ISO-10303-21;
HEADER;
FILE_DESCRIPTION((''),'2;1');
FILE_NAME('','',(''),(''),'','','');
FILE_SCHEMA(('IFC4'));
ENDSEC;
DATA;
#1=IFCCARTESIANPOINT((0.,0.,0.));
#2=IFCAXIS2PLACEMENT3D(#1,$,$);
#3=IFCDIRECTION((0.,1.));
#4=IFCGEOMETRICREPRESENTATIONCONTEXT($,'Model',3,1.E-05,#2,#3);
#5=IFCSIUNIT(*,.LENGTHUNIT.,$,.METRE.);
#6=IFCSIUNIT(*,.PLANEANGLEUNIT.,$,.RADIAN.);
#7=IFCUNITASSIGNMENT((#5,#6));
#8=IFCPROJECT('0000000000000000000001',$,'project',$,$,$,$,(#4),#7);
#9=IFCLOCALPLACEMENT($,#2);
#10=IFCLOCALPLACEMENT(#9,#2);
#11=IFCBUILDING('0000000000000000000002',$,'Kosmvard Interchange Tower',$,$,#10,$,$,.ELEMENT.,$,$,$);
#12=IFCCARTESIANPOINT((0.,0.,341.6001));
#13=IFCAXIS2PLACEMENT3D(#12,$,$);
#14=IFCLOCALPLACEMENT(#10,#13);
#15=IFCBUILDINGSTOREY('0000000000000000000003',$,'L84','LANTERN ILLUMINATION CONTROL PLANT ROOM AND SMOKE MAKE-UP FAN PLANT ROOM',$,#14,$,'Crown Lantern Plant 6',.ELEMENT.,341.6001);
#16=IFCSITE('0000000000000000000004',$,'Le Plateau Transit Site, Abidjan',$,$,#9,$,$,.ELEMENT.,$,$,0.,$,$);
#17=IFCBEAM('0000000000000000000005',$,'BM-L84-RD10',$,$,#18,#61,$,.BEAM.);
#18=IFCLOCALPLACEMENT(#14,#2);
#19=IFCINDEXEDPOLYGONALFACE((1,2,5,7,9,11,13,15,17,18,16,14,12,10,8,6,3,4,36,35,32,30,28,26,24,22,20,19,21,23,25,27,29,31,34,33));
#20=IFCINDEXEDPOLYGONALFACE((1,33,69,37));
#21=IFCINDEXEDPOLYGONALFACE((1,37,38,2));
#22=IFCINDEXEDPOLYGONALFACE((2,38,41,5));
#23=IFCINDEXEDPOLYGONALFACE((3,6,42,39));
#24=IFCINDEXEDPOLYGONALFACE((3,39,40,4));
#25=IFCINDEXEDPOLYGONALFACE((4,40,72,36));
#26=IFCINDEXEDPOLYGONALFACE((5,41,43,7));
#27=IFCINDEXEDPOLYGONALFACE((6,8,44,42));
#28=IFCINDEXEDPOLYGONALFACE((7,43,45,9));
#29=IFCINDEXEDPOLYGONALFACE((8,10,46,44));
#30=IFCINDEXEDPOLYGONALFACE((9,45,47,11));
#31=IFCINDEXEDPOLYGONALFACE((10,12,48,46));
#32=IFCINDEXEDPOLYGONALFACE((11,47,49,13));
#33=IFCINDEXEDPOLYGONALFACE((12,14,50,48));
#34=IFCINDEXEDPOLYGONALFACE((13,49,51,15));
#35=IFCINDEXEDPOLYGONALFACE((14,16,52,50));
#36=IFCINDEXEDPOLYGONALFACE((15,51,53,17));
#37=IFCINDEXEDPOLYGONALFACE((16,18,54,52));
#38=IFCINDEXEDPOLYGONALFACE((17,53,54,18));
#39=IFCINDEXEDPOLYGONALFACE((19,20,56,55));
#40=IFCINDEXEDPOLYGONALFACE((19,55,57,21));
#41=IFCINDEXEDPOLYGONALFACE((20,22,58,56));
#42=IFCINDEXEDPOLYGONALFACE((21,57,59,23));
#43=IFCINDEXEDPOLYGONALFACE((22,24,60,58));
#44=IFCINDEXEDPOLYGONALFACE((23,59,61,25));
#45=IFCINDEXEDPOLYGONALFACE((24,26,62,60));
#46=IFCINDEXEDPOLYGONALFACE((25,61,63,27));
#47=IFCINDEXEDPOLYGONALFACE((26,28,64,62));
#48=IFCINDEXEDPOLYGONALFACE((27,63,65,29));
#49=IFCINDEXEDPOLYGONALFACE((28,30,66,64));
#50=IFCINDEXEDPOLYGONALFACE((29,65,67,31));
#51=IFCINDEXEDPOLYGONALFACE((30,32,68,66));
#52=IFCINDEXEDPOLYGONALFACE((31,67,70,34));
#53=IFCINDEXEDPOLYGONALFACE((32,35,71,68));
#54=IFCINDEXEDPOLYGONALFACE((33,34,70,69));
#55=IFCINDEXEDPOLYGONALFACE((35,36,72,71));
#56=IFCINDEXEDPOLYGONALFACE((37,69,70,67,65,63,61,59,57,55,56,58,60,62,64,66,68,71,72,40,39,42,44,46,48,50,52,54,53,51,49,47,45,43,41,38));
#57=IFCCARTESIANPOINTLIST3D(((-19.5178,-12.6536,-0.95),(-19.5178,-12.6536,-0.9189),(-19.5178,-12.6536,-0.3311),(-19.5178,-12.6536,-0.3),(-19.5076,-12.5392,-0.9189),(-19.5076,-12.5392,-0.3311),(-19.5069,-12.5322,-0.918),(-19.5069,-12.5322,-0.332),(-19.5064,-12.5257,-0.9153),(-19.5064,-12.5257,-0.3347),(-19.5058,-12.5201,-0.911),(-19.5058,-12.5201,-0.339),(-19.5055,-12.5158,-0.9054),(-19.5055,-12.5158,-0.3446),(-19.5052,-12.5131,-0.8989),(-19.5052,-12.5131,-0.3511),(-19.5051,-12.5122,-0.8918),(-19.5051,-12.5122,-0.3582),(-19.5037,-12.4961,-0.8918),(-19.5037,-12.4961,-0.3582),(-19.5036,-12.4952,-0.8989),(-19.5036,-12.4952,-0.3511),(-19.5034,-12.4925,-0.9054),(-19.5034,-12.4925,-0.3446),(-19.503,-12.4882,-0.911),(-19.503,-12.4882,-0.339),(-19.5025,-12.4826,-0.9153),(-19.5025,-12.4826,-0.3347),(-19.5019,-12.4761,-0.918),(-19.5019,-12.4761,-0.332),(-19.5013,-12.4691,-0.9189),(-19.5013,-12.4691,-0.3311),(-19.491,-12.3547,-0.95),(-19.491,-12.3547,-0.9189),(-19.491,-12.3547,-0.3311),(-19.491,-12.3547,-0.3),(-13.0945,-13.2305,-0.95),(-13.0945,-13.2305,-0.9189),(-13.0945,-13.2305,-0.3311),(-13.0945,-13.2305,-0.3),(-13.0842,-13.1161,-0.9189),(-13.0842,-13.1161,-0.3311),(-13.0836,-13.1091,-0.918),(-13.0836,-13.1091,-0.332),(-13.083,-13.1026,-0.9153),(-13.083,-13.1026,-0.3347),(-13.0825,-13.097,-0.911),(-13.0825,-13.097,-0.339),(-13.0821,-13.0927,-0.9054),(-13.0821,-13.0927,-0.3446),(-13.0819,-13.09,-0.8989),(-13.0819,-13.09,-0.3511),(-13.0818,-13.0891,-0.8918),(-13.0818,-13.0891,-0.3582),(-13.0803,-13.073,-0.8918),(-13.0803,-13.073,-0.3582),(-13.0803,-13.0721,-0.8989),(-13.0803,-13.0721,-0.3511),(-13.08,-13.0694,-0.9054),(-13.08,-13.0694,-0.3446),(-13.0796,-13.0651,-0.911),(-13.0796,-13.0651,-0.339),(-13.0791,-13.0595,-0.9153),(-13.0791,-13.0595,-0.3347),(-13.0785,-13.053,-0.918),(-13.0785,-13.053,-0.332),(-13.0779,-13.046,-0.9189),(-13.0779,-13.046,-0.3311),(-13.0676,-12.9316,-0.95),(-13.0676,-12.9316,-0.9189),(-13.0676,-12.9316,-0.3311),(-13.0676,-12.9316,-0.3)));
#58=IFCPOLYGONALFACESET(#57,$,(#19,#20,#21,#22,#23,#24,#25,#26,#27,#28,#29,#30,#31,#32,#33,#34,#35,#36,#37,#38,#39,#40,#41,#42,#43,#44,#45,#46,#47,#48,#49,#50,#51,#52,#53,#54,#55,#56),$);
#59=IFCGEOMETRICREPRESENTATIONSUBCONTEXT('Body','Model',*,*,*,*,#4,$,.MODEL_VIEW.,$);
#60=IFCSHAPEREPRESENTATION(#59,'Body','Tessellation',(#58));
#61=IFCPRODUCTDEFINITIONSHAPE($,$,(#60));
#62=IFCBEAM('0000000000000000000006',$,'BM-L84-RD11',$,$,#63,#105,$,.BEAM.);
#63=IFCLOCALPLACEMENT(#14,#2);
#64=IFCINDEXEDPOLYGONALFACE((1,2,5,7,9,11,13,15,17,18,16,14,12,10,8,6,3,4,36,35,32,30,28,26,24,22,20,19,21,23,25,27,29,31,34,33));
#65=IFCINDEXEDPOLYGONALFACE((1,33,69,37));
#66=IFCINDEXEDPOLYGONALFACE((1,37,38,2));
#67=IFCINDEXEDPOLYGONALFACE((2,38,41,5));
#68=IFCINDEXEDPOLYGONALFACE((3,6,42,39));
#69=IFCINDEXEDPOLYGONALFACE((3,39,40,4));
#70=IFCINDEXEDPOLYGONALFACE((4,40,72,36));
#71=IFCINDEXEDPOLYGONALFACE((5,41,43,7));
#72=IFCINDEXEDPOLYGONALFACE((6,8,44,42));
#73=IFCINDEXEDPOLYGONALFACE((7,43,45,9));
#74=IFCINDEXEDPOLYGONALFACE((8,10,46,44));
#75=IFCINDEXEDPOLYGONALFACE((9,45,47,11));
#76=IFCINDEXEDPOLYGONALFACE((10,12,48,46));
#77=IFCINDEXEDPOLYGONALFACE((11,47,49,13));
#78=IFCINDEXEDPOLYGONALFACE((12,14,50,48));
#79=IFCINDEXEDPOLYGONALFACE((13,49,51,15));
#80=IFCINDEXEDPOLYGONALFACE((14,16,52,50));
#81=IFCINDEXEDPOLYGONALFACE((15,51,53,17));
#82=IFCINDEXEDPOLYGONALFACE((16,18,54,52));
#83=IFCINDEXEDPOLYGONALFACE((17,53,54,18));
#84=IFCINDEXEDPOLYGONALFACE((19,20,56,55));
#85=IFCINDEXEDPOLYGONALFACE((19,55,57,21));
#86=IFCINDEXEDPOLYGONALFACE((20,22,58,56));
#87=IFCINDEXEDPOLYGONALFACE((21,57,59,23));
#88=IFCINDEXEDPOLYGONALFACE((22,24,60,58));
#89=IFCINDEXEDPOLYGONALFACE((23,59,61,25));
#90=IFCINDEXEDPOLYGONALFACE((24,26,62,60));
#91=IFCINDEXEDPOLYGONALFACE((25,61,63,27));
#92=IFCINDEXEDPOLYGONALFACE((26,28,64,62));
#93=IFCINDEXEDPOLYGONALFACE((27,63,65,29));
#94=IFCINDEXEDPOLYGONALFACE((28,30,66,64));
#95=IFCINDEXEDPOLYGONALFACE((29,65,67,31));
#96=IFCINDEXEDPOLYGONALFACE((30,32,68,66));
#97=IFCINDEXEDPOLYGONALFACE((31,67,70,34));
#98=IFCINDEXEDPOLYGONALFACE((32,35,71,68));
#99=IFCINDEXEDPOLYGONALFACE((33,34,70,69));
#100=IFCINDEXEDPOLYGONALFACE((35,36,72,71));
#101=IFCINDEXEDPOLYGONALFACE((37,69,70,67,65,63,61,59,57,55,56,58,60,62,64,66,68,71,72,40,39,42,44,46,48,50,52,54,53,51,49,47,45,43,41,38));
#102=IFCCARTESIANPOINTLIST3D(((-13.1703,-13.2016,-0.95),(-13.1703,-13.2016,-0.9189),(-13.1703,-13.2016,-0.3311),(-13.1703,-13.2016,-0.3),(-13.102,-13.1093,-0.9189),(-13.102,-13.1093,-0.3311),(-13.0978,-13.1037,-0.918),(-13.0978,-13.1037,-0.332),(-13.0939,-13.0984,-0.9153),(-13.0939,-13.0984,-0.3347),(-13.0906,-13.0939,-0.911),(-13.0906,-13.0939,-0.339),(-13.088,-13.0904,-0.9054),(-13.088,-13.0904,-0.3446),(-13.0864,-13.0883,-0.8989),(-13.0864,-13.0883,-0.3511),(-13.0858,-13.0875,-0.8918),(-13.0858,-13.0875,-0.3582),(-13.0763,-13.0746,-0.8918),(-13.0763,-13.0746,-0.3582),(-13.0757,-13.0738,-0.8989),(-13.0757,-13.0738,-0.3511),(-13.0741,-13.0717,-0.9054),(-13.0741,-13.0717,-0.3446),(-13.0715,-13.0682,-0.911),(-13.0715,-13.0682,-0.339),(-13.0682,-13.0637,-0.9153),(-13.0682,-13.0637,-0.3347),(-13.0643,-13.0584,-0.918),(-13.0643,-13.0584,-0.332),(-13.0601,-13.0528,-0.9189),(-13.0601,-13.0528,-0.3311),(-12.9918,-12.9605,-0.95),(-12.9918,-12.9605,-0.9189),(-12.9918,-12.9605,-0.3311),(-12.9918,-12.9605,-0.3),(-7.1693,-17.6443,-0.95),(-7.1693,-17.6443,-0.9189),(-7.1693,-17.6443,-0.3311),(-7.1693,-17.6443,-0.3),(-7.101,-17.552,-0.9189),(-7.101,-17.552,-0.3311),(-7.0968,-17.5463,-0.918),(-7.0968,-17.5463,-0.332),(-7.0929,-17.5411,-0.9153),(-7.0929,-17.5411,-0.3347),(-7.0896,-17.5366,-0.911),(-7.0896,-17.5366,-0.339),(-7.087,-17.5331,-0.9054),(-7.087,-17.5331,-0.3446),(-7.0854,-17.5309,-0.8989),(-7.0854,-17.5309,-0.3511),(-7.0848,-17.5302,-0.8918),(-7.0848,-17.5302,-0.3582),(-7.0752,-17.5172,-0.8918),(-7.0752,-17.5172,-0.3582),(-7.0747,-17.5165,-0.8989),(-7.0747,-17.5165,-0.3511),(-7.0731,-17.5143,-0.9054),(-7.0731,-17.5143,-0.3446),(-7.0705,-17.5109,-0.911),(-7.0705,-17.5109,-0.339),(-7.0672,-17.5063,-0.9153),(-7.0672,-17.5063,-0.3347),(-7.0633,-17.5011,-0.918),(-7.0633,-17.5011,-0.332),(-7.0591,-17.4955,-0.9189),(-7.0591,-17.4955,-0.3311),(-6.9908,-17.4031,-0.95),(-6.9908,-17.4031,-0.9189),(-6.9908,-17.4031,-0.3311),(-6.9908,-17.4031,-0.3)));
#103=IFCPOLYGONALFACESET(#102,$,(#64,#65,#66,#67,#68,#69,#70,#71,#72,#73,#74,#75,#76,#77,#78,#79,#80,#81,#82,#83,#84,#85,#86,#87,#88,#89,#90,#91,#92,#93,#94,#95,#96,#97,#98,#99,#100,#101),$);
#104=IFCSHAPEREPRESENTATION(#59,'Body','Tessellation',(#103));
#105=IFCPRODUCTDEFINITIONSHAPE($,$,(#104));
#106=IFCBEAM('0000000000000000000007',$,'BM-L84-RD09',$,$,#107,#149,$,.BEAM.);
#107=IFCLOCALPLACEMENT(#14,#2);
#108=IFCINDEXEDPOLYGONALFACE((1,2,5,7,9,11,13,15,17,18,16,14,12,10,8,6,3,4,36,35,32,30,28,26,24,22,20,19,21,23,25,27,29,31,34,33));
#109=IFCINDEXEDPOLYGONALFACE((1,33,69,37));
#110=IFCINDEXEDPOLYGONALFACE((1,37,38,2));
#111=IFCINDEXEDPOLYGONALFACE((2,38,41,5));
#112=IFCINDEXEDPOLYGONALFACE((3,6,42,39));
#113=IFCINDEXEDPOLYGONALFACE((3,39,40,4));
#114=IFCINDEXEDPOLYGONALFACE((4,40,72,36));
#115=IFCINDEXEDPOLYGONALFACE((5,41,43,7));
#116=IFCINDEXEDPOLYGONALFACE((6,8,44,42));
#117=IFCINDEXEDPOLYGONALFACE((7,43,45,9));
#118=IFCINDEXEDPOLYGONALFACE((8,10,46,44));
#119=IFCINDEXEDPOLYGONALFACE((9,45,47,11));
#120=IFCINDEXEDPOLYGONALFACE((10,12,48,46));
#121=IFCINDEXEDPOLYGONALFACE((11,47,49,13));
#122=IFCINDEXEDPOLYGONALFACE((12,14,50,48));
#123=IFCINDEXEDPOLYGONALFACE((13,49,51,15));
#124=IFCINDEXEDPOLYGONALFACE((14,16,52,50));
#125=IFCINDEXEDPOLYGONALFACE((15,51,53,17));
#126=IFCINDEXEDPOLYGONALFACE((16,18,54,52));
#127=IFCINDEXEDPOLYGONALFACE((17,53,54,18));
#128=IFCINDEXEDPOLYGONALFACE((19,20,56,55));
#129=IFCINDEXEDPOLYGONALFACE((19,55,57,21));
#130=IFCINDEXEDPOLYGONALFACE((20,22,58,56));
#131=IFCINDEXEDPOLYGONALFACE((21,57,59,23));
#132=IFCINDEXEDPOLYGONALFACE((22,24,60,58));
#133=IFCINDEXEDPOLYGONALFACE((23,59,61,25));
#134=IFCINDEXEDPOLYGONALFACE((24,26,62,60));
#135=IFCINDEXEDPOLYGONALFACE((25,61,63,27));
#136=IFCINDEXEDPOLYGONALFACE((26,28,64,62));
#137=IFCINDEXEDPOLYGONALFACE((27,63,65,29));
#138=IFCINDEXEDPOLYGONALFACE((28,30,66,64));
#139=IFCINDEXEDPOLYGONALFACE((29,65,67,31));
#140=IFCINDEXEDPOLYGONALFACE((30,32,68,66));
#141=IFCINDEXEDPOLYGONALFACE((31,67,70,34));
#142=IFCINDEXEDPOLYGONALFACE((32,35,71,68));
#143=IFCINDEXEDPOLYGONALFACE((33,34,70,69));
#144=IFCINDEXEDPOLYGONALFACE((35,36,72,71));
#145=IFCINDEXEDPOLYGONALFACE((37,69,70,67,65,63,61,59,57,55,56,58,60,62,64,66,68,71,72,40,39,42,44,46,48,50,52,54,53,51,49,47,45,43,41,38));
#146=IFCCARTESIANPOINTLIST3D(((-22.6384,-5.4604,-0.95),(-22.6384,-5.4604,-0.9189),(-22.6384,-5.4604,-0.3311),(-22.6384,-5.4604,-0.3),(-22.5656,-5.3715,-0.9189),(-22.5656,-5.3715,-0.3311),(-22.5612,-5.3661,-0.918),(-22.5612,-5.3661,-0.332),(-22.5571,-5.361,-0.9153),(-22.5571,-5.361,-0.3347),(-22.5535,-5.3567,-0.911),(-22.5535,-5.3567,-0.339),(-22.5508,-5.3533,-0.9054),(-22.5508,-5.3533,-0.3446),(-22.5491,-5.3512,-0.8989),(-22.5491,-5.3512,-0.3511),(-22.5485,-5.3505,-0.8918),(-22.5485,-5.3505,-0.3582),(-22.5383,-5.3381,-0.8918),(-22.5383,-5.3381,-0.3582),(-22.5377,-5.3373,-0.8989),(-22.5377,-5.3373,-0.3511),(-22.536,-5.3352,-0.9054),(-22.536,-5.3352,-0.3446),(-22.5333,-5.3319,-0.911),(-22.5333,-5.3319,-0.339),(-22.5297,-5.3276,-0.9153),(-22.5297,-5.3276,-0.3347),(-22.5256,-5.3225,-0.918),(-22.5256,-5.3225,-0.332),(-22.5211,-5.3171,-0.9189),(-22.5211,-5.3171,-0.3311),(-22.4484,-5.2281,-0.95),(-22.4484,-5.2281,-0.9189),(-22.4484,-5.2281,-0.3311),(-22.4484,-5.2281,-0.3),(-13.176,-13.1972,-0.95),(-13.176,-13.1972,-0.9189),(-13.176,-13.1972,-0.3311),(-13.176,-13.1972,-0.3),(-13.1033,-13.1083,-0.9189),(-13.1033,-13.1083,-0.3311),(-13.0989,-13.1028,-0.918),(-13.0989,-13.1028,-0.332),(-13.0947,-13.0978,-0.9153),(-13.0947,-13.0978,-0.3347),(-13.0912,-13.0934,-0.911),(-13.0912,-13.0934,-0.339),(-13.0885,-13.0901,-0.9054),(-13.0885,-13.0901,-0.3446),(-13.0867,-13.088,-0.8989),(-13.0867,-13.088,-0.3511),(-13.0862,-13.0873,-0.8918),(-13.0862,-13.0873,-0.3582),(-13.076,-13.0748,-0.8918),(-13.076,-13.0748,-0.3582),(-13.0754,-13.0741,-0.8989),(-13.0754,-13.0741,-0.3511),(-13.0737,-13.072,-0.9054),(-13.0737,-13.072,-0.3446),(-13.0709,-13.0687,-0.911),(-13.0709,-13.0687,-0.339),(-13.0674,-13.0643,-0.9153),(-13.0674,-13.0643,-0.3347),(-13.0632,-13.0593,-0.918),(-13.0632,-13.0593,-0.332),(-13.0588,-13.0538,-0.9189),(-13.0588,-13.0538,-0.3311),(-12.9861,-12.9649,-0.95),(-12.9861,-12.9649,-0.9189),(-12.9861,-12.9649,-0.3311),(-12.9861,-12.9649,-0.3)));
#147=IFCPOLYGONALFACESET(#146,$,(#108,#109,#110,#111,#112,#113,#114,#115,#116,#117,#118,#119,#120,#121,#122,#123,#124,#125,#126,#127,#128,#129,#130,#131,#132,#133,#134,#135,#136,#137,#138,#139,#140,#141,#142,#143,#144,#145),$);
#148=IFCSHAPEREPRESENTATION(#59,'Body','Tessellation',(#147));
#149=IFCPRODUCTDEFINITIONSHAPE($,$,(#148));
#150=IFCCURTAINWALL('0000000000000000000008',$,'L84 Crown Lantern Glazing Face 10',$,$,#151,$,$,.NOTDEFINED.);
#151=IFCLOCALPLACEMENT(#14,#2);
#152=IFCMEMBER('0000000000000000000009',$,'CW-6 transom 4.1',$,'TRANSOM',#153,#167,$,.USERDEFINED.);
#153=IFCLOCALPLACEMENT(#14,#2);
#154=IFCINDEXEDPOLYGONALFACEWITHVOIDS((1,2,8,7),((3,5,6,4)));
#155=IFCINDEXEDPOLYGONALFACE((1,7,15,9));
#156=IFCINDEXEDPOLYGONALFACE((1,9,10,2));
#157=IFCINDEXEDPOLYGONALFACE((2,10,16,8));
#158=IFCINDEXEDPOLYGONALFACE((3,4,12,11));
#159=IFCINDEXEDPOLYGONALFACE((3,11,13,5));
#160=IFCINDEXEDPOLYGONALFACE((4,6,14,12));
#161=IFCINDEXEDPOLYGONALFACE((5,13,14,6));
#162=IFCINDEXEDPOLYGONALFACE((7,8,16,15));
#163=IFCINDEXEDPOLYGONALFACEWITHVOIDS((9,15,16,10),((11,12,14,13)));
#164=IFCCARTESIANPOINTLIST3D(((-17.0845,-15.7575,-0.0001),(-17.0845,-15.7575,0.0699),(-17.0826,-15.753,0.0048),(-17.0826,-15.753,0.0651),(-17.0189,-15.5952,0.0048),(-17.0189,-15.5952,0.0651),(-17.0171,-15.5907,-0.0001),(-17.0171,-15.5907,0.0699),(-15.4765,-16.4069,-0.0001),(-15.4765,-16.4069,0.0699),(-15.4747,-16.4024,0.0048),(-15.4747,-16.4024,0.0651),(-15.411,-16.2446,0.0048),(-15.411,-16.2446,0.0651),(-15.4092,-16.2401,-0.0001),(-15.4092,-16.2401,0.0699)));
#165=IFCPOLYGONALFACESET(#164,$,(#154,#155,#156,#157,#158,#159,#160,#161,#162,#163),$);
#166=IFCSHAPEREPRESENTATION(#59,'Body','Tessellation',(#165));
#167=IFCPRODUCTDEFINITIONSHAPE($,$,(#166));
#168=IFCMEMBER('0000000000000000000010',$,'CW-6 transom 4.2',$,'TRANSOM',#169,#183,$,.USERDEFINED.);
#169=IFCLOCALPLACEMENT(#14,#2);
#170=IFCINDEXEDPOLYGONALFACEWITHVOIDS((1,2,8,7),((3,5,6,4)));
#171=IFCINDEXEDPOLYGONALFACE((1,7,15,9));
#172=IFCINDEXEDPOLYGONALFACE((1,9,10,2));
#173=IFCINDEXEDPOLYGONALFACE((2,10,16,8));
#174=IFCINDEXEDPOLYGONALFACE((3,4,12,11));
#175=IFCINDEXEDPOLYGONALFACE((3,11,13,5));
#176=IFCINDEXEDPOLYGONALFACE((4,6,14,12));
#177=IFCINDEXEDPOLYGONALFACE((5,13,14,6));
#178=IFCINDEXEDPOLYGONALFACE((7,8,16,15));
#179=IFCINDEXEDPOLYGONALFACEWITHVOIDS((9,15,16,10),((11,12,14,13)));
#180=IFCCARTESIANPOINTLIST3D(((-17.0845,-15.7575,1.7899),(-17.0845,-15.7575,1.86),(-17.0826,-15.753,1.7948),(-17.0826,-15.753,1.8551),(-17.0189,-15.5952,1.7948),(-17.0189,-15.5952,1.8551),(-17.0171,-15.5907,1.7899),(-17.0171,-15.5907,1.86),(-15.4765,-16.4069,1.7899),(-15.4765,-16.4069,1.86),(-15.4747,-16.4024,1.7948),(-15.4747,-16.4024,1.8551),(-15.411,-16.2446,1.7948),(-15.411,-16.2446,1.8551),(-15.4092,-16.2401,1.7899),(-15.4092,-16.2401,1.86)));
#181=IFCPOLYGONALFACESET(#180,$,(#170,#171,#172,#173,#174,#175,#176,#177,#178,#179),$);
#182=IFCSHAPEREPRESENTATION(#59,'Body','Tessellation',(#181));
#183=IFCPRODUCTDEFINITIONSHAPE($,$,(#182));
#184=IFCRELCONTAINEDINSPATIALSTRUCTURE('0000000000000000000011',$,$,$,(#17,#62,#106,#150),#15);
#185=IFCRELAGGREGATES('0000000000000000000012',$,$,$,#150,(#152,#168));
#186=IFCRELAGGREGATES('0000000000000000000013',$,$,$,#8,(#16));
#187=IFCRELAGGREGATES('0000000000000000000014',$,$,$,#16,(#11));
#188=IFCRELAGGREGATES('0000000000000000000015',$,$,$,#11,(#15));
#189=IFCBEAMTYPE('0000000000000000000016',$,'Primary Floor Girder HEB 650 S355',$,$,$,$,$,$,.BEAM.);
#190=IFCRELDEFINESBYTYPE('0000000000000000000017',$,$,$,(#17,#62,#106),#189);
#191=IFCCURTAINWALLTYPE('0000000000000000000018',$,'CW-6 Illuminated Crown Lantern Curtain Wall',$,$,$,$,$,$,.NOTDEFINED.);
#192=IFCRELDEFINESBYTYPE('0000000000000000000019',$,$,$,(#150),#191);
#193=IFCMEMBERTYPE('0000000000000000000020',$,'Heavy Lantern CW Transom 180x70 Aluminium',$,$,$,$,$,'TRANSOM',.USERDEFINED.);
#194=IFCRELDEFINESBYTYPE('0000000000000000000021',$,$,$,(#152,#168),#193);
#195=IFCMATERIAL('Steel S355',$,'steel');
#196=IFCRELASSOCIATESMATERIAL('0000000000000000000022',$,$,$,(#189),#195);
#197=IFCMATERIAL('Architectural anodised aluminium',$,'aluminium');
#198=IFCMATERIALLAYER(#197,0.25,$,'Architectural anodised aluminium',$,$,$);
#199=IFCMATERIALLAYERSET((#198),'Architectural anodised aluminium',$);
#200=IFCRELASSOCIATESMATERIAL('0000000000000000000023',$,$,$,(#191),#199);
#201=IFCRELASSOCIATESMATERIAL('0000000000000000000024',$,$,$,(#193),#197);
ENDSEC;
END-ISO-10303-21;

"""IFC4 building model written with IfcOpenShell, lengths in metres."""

from ifc_helpers import new_model, si_unit, direction, frame, origin, origin_2d, place, context, subcontext, project, spatial, hollow_rectangle, i_section, extrude, source, transform, mapped, material, layer, layer_set, material_profile, profile_set, type_object, element, aggregate, save


model = new_model("IFC4")

# Units and contexts
model_context = context("Model", 3, precision=1e-05, world=origin(), true_north=direction((0.0, 1.0)))
body_context = subcontext(model_context, "Body", "Model", "MODEL_VIEW")
ifc_project = project(units=[si_unit("LENGTHUNIT", "METRE"), si_unit("PLANEANGLEUNIT", "RADIAN")], contexts=[model_context])

# Site, building, storey
site_placement = place(None, origin())
site = spatial("IfcSite", under=ifc_project, at=site_placement, Name="Le Plateau Transit Site, Abidjan", CompositionType="ELEMENT", RefElevation=0.0)
building_placement = place(site_placement, origin())
building = spatial("IfcBuilding", under=site, at=building_placement, Name="Kosmvard Interchange Tower", CompositionType="ELEMENT")
storey_placement = place(building_placement, frame((0.0, 0.0, 341.6001)))
storey = spatial("IfcBuildingStorey", under=building, at=storey_placement, Name="L84", Description="LANTERN ILLUMINATION CONTROL PLANT ROOM AND SMOKE MAKE-UP FAN PLANT ROOM", LongName="Crown Lantern Plant 6", CompositionType="ELEMENT", Elevation=341.6001)

# Beams
ifc_material_1 = material(Name="Steel S355", Category="steel")
ifc_material_profile_1 = material_profile(ifc_material_1, i_section(OverallWidth=0.3, OverallDepth=0.6499, WebThickness=0.0161, FlangeThickness=0.031, FilletRadius=0.0271, at=origin_2d()), Name="HEB 650")
ifc_profile_set_1 = profile_set([ifc_material_profile_1], Name="Steel S355")
beam_type_1 = type_object("IfcBeamType", Name="Primary Floor Girder HEB 650 S355", PredefinedType="BEAM", material=ifc_profile_set_1)
shared_shape_1 = source(origin(), body_context, "Body", "SweptSolid", [
    extrude(i_section(OverallWidth=0.3, OverallDepth=0.6499, WebThickness=0.0161, FlangeThickness=0.031, FilletRadius=0.0271, at=origin_2d()), origin(), (0.0, 0.0, 1.0), 6.4492),
])
beam_1_placement = place(storey_placement, frame((-13.0811, -13.0811, -0.625), z_axis=(-0.995991, 0.089454, 0.0), x_axis=(-0.089454, -0.995991, 0.0)))
element("IfcBeam", 1, at=beam_1_placement, inside=storey, type_object=beam_type_1, Name="BM-L84-RD10", PredefinedType="BEAM", context=body_context, shape_type="MappedRepresentation", body=[
    mapped(shared_shape_1, transform((0.0, 0.0, 0.0), scale=1.0)),
])
shared_shape_2 = source(origin(), body_context, "Body", "SweptSolid", [
    extrude(i_section(OverallWidth=0.3, OverallDepth=0.6499, WebThickness=0.0161, FlangeThickness=0.031, FilletRadius=0.0271, at=origin_2d()), origin(), (0.0, 0.0, 1.0), 7.4666),
])
beam_2_placement = place(storey_placement, frame((-13.0811, -13.0811, -0.625), z_axis=(0.80372, -0.595008, 0.0), x_axis=(0.595008, 0.80372, 0.0)))
element("IfcBeam", 2, at=beam_2_placement, inside=storey, type_object=beam_type_1, Name="BM-L84-RD11", PredefinedType="BEAM", context=body_context, shape_type="MappedRepresentation", body=[
    mapped(shared_shape_2, transform((0.0, 0.0, 0.0), scale=1.0)),
])
shared_shape_3 = source(origin(), body_context, "Body", "SweptSolid", [
    extrude(i_section(OverallWidth=0.3, OverallDepth=0.6499, WebThickness=0.0161, FlangeThickness=0.031, FilletRadius=0.0271, at=origin_2d()), origin(), (0.0, 0.0, 1.0), 12.2227),
])
beam_3_placement = place(storey_placement, frame((-13.0811, -13.0811, -0.625), z_axis=(-0.774164, 0.632985, 0.0), x_axis=(-0.632985, -0.774164, 0.0)))
element("IfcBeam", 3, at=beam_3_placement, inside=storey, type_object=beam_type_1, Name="BM-L84-RD09", PredefinedType="BEAM", context=body_context, shape_type="MappedRepresentation", body=[
    mapped(shared_shape_3, transform((0.0, 0.0, 0.0), scale=1.0)),
])

# Curtain wall, members
ifc_material_2 = material(Name="Architectural anodised aluminium", Category="aluminium")
ifc_layer_1 = layer(ifc_material_2, 0.25, Name="Architectural anodised aluminium")
ifc_layer_set_1 = layer_set([ifc_layer_1], Name="Architectural anodised aluminium")
curtain_wall_type = type_object("IfcCurtainWallType", Name="CW-6 Illuminated Crown Lantern Curtain Wall", PredefinedType="NOTDEFINED", material=ifc_layer_set_1)
curtain_wall_placement = place(storey_placement, origin())
curtain_wall = element("IfcCurtainWall", 4, at=curtain_wall_placement, inside=storey, type_object=curtain_wall_type, Name="L84 Crown Lantern Glazing Face 10", PredefinedType="NOTDEFINED")
ifc_material_profile_2 = material_profile(ifc_material_2, hollow_rectangle(XDim=0.1799, YDim=0.0701, WallThickness=0.0049, at=origin_2d()), Name="CWT 180x70x5")
ifc_profile_set_2 = profile_set([ifc_material_profile_2], Name="Architectural anodised aluminium")
member_type = type_object("IfcMemberType", Name="Heavy Lantern CW Transom 180x70 Aluminium", ElementType="TRANSOM", PredefinedType="USERDEFINED", material=ifc_profile_set_2)
shared_shape_4 = source(origin(), body_context, "Body", "SweptSolid", [
    extrude(hollow_rectangle(XDim=0.1799, YDim=0.0701, WallThickness=0.0049, at=origin_2d()), origin(), (0.0, 0.0, 1.0), 1.7341),
])
member_1_placement = place(storey_placement, frame((-17.0508, -15.6741, 0.0349), z_axis=(0.927229, -0.374496, 0.0), x_axis=(0.374496, 0.927229, 0.0)))
member_1 = element("IfcMember", 5, at=member_1_placement, type_object=member_type, Name="CW-6 transom 4.1", ObjectType="TRANSOM", PredefinedType="USERDEFINED", context=body_context, shape_type="MappedRepresentation", body=[
    mapped(shared_shape_4, transform((0.0, 0.0, 0.0), scale=1.0)),
])
member_2_placement = place(storey_placement, frame((-17.0508, -15.6741, 1.825), z_axis=(0.927229, -0.374496, 0.0), x_axis=(0.374496, 0.927229, 0.0)))
member_2 = element("IfcMember", 6, at=member_2_placement, type_object=member_type, Name="CW-6 transom 4.2", ObjectType="TRANSOM", PredefinedType="USERDEFINED", context=body_context, shape_type="MappedRepresentation", body=[
    mapped(shared_shape_4, transform((0.0, 0.0, 0.0), scale=1.0)),
])
aggregate(curtain_wall, [member_1, member_2])

save(model, "model.ifc")
